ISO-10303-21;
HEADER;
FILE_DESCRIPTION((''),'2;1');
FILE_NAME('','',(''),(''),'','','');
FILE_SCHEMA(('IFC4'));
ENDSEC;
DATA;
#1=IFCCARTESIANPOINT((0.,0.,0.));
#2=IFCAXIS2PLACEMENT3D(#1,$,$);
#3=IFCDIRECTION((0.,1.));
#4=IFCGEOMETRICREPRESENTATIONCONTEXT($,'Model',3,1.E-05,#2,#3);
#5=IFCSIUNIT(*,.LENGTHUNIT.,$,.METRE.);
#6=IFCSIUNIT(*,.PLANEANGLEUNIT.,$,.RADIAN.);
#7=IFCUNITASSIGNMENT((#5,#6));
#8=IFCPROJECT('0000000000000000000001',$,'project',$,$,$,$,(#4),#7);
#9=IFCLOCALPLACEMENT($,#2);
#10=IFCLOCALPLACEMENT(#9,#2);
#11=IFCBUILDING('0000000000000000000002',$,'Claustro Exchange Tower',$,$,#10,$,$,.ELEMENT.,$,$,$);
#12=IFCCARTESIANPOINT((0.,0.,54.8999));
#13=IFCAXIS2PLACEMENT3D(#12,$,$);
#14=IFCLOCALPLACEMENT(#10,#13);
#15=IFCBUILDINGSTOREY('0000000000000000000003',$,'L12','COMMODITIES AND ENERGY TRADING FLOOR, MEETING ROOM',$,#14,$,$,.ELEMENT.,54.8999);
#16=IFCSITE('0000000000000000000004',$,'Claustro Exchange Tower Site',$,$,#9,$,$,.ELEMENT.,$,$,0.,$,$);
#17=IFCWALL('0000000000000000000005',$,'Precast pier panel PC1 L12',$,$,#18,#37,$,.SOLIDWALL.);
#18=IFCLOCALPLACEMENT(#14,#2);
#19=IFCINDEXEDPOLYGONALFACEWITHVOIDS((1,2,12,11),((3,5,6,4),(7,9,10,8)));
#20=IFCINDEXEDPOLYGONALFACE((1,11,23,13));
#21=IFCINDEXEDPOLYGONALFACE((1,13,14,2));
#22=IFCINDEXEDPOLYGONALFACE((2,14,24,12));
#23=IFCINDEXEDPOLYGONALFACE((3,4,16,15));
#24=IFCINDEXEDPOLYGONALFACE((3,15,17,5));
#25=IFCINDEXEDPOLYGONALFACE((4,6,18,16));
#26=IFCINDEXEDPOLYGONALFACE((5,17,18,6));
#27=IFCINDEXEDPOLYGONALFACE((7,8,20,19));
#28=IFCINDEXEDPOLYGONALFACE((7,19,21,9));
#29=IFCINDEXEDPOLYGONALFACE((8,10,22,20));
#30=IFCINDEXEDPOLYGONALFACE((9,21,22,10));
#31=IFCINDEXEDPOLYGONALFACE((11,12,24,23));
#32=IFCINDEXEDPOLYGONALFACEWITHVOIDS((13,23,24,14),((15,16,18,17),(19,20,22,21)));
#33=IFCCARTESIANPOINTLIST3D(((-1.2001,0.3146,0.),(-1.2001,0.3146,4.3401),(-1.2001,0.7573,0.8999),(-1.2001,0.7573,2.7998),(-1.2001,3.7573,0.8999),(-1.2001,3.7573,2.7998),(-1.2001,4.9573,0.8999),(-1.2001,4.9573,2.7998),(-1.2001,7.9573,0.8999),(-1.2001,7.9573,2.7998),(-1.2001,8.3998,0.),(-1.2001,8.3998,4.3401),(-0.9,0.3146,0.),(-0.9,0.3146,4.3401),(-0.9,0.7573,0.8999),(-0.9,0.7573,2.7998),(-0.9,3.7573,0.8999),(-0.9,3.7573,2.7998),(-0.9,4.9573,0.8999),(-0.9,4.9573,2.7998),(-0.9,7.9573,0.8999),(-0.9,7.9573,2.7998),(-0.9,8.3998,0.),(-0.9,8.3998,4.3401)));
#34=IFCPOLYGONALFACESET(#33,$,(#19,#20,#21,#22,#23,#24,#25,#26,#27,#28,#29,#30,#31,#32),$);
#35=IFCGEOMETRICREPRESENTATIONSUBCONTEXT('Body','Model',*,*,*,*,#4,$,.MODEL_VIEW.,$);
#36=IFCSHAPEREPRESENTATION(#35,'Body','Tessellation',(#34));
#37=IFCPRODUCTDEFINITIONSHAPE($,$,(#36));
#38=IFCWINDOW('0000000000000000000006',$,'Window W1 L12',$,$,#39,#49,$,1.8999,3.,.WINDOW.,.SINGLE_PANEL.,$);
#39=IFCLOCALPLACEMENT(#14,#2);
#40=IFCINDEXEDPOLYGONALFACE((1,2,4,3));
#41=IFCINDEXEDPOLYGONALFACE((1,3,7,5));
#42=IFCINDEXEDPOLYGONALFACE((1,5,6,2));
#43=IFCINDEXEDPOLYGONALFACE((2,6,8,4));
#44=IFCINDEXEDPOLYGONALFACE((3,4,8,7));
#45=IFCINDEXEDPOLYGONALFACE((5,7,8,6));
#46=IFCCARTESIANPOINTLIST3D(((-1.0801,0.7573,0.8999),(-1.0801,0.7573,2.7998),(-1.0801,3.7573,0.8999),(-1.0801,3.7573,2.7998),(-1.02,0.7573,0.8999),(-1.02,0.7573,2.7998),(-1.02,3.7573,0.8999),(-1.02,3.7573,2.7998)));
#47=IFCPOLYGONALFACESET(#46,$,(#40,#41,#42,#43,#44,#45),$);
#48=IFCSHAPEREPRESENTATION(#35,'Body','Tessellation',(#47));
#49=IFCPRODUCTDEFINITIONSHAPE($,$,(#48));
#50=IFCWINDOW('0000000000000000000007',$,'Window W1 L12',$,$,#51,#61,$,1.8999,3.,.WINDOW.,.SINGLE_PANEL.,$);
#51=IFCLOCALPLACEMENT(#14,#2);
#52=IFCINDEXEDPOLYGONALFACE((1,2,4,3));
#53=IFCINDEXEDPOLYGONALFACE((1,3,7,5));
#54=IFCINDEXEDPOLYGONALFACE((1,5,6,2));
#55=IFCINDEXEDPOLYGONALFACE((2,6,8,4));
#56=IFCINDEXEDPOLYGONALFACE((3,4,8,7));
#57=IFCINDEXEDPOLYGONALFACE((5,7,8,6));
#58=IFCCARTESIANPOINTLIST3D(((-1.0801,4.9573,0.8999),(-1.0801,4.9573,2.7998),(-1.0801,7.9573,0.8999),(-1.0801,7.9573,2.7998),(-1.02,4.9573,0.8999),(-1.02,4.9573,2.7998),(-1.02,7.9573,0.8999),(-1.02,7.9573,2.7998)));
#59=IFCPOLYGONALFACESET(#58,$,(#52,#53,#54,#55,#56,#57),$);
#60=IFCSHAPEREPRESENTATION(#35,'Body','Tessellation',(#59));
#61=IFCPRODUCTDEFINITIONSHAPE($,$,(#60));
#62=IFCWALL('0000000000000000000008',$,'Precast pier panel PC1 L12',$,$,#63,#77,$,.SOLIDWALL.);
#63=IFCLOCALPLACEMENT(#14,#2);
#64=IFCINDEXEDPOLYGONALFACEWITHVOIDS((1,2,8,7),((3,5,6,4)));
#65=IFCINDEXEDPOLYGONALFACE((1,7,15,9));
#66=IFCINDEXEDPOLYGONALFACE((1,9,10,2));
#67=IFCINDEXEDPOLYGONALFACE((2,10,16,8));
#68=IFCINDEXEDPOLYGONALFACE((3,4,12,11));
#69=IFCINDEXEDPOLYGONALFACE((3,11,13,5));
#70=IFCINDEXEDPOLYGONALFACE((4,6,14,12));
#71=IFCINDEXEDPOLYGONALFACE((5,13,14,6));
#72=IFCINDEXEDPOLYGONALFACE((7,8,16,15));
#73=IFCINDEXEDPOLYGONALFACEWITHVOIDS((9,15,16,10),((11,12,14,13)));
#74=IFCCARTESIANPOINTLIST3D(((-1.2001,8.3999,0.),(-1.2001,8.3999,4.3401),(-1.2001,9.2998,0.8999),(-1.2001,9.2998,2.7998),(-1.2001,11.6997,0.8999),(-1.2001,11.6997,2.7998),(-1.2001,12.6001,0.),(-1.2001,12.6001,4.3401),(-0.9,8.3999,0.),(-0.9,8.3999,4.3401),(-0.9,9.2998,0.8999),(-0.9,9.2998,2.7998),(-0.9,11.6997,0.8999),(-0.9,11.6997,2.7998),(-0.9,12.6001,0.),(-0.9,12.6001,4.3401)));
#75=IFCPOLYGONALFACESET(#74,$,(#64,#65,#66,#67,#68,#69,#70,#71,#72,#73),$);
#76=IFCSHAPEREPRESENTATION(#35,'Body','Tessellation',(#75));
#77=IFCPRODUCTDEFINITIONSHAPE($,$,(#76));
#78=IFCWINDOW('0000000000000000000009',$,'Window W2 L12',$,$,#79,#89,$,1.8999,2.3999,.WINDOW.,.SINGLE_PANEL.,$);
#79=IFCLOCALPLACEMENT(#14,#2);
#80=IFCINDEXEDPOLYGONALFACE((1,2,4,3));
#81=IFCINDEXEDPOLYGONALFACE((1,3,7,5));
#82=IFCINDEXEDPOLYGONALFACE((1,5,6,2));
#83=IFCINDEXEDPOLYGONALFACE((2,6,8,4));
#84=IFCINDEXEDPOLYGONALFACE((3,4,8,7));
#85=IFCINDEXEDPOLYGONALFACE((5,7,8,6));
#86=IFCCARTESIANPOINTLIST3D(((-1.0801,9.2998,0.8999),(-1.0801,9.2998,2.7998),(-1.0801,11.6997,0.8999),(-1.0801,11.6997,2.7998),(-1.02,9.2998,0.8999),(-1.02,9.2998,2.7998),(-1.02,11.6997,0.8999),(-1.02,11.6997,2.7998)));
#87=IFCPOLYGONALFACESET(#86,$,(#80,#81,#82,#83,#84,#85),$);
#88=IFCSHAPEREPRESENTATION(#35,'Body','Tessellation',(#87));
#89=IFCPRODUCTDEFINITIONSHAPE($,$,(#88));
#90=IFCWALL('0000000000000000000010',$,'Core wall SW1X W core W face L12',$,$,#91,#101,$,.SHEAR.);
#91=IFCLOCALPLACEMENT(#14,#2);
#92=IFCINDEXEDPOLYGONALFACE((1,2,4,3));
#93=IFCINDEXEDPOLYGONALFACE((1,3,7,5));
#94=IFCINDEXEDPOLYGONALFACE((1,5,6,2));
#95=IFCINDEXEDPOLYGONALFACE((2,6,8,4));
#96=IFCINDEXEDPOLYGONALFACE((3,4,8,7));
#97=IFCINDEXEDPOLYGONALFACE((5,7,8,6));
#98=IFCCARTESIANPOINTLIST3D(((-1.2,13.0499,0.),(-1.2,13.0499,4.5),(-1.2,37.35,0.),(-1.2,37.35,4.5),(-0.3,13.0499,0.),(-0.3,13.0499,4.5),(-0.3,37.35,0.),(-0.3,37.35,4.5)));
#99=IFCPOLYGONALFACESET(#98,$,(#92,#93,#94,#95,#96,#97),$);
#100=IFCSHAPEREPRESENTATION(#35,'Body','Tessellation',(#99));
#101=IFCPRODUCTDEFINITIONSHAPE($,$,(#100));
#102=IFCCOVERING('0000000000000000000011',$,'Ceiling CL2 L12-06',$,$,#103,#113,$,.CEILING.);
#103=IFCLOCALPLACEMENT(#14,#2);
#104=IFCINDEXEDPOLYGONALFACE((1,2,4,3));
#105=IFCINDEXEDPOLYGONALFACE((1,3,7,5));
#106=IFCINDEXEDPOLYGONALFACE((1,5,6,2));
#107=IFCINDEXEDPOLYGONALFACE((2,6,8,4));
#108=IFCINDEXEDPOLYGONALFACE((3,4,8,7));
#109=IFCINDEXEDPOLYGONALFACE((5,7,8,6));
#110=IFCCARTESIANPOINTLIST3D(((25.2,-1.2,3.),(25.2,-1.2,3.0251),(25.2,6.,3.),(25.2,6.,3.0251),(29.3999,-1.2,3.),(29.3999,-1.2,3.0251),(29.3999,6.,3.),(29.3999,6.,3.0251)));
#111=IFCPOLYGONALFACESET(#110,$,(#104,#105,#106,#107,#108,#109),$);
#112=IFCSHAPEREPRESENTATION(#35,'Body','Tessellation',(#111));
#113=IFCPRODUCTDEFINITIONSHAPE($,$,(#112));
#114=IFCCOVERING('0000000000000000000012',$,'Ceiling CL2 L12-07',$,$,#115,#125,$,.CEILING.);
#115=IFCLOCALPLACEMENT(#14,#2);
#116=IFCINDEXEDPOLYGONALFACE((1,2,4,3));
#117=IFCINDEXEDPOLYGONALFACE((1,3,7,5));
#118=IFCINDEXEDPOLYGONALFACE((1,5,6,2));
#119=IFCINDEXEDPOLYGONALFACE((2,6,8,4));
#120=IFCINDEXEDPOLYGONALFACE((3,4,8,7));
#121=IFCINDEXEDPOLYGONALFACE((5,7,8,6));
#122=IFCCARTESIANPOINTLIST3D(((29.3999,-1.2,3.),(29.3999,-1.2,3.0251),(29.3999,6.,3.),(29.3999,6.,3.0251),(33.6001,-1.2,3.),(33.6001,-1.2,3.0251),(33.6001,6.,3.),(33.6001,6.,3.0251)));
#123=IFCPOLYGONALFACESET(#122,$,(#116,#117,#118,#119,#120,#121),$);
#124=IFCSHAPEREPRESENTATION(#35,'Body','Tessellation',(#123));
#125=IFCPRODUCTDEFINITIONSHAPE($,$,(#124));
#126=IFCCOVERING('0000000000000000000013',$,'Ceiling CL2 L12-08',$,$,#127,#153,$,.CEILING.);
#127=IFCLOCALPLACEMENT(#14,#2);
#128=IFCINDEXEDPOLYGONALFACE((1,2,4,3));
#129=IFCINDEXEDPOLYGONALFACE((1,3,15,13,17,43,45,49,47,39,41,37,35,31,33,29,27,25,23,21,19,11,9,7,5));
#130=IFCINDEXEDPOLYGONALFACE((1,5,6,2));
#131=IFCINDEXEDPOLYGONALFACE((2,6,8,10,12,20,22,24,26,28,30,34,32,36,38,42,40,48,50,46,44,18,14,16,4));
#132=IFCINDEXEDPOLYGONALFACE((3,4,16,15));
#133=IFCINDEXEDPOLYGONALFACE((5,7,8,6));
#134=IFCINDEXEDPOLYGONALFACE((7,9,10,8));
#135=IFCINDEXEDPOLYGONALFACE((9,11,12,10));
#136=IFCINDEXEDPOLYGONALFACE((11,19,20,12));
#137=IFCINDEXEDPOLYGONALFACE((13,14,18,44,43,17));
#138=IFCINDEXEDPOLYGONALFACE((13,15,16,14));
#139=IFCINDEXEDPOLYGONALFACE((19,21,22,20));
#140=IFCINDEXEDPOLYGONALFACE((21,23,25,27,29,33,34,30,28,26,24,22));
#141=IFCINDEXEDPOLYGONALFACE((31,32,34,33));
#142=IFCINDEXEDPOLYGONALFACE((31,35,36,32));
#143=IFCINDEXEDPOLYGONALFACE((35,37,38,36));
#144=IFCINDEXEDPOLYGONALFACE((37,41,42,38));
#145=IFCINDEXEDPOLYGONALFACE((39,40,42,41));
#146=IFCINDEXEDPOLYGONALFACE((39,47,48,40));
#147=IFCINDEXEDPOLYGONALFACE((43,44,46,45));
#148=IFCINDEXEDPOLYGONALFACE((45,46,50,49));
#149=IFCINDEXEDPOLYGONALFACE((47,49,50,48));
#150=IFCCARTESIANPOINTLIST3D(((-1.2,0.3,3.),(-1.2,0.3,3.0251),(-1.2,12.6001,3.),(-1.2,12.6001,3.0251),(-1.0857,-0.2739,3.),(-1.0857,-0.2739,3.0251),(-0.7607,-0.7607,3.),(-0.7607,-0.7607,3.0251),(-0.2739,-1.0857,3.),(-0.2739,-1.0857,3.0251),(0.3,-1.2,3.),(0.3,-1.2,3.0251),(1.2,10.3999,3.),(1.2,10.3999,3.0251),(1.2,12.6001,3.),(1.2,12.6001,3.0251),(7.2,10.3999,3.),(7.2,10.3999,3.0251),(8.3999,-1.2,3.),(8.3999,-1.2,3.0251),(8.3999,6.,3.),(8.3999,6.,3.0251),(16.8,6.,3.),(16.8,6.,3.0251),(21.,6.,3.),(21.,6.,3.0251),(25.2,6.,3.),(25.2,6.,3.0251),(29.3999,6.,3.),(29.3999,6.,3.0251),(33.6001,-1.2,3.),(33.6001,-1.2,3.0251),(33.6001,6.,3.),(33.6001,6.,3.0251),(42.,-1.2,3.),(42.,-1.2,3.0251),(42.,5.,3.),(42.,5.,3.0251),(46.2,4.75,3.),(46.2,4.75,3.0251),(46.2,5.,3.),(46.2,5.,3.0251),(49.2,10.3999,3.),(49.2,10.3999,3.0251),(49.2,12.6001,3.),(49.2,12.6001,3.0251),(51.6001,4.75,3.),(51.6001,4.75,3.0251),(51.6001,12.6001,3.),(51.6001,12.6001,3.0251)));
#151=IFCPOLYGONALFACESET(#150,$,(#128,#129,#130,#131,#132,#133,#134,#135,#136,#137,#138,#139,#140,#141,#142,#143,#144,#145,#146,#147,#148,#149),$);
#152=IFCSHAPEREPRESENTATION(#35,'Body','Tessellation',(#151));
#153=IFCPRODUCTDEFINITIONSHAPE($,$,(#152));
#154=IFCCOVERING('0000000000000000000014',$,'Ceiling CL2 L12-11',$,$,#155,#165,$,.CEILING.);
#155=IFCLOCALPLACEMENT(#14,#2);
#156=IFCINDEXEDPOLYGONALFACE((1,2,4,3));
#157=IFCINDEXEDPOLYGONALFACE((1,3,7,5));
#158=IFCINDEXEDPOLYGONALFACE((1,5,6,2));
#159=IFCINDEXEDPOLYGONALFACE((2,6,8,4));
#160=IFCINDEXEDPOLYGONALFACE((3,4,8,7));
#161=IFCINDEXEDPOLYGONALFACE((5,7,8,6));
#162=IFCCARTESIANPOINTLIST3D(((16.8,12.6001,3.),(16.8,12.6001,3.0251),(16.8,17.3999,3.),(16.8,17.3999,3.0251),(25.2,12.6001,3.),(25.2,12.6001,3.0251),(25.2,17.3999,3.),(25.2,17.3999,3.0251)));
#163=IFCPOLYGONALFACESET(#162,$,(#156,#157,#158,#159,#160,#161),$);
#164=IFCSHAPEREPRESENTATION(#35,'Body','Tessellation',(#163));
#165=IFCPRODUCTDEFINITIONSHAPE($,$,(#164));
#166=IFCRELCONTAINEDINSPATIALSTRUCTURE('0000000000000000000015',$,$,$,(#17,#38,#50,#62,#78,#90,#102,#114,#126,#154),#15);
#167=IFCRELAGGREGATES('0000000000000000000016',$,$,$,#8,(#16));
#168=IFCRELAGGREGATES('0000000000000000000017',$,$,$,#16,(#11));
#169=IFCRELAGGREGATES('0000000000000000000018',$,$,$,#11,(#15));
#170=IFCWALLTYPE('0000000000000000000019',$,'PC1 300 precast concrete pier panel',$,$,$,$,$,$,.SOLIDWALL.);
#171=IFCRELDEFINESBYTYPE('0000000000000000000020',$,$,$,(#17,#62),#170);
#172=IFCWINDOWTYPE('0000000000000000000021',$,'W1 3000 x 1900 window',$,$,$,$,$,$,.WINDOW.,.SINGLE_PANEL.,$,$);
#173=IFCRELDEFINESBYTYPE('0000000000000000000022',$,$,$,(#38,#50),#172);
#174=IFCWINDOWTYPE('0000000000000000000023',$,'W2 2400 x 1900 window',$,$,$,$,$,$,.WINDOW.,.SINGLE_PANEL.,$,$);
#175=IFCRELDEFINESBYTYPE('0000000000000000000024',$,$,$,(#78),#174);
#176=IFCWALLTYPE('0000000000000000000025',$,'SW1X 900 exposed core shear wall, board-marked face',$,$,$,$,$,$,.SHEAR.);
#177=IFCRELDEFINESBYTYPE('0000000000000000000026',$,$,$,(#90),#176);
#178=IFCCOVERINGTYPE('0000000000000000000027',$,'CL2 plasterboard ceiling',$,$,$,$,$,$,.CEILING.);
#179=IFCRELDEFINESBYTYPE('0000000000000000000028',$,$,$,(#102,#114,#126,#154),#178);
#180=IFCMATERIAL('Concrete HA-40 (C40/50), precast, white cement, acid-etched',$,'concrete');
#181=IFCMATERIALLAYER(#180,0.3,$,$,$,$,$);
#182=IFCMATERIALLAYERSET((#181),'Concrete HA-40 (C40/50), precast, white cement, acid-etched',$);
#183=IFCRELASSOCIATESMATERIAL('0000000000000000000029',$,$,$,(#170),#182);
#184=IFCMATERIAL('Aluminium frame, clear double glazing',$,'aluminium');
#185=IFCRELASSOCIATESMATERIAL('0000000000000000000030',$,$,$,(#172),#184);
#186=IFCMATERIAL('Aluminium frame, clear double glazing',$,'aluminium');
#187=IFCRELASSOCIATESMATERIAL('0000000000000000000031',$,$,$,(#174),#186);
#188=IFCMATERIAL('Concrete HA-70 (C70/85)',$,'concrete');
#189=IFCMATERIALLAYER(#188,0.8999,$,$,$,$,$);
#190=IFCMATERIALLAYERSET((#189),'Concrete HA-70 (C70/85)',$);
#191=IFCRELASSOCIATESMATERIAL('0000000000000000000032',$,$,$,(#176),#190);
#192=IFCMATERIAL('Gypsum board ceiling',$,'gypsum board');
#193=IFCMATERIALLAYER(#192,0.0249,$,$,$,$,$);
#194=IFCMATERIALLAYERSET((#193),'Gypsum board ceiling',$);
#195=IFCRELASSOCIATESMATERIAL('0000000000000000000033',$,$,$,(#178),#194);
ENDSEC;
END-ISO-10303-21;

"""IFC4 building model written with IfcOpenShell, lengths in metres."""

from ifc_helpers import new_model, si_unit, direction, frame, frame_2d, origin, place, context, subcontext, project, spatial, polyline, rectangle, outline, extrude, material, layer, layer_set, type_object, element, fill, save


model = new_model("IFC4")

# Units and contexts
model_context = context("Model", 3, precision=1e-05, world=origin(), true_north=direction((0.0, 1.0)))
body_context = subcontext(model_context, "Body", "Model", "MODEL_VIEW")
ifc_project = project(units=[si_unit("LENGTHUNIT", "METRE"), si_unit("PLANEANGLEUNIT", "RADIAN")], contexts=[model_context])

# Site, building, storey
site_placement = place(None, origin())
site = spatial("IfcSite", under=ifc_project, at=site_placement, Name="Claustro Exchange Tower Site", CompositionType="ELEMENT", RefElevation=0.0)
building_placement = place(site_placement, origin())
building = spatial("IfcBuilding", under=site, at=building_placement, Name="Claustro Exchange Tower", CompositionType="ELEMENT")
storey_placement = place(building_placement, frame((0.0, 0.0, 54.8999)))
storey = spatial("IfcBuildingStorey", under=building, at=storey_placement, Name="L12", Description="COMMODITIES AND ENERGY TRADING FLOOR, MEETING ROOM", CompositionType="ELEMENT", Elevation=54.8999)

# Wall, openings, windows
ifc_material_1 = material(Name="Concrete HA-40 (C40/50), precast, white cement, acid-etched", Category="concrete")
ifc_layer_1 = layer(ifc_material_1, 0.3)
ifc_layer_set_1 = layer_set([ifc_layer_1], Name="Concrete HA-40 (C40/50), precast, white cement, acid-etched")
wall_type_1 = type_object("IfcWallType", Name="PC1 300 precast concrete pier panel", PredefinedType="SOLIDWALL", material=ifc_layer_set_1)
wall_1_placement = place(storey_placement, frame((-1.05, 0.3147, 0.0), z_axis=(0.0, 0.0, 1.0), x_axis=(0.0, 1.0, 0.0)))
wall_1 = element("IfcWall", 1, at=wall_1_placement, inside=storey, type_object=wall_type_1, Name="Precast pier panel PC1 L12", PredefinedType="SOLIDWALL", context=body_context, shape_type="SweptSolid", body=[
    extrude(rectangle(XDim=8.0852, YDim=0.3, at=frame_2d((4.0425, 0.0))), origin(), (0.0, 0.0, 1.0), 4.3401),
])
opening_1_placement = place(wall_1_placement, frame((0.4426, 0.0, 0.8999)))
opening_1 = element("IfcOpeningElement", 2, at=opening_1_placement, cuts=wall_1, PredefinedType="OPENING", context=body_context, shape_type="SweptSolid", body=[
    extrude(rectangle(XDim=3.0, YDim=1.8999, at=frame_2d((1.5, 0.95))), frame((0.0, 0.1599, 0.0), z_axis=(0.0, -1.0, 0.0), x_axis=(1.0, 0.0, 0.0)), (0.0, 0.0, 1.0), 0.3201),
])
opening_2_placement = place(wall_1_placement, frame((4.6426, 0.0, 0.8999)))
opening_2 = element("IfcOpeningElement", 3, at=opening_2_placement, cuts=wall_1, PredefinedType="OPENING", context=body_context, shape_type="SweptSolid", body=[
    extrude(rectangle(XDim=3.0, YDim=1.8999, at=frame_2d((1.5, 0.95))), frame((0.0, 0.1599, 0.0), z_axis=(0.0, -1.0, 0.0), x_axis=(1.0, 0.0, 0.0)), (0.0, 0.0, 1.0), 0.3201),
])
ifc_material_2 = material(Name="Aluminium frame, clear double glazing", Category="aluminium")
window_type_1 = type_object("IfcWindowType", Name="W1 3000 x 1900 window", PartitioningType="SINGLE_PANEL", PredefinedType="WINDOW", material=ifc_material_2)
window_1_placement = place(opening_1_placement, origin())
window_1 = element("IfcWindow", 4, at=window_1_placement, inside=storey, type_object=window_type_1, Name="Window W1 L12", OverallHeight=1.8999, OverallWidth=3.0, PartitioningType="SINGLE_PANEL", PredefinedType="WINDOW", context=body_context, shape_type="SweptSolid", body=[
    extrude(rectangle(XDim=3.0, YDim=1.8999, at=frame_2d((1.5, 0.95))), frame((0.0, 0.03, 0.0), z_axis=(0.0, -1.0, 0.0), x_axis=(1.0, 0.0, 0.0)), (0.0, 0.0, 1.0), 0.0601),
])
fill(opening_1, window_1)
window_2_placement = place(opening_2_placement, origin())
window_2 = element("IfcWindow", 5, at=window_2_placement, inside=storey, type_object=window_type_1, Name="Window W1 L12", OverallHeight=1.8999, OverallWidth=3.0, PartitioningType="SINGLE_PANEL", PredefinedType="WINDOW", context=body_context, shape_type="SweptSolid", body=[
    extrude(rectangle(XDim=3.0, YDim=1.8999, at=frame_2d((1.5, 0.95))), frame((0.0, 0.03, 0.0), z_axis=(0.0, -1.0, 0.0), x_axis=(1.0, 0.0, 0.0)), (0.0, 0.0, 1.0), 0.0601),
])
fill(opening_2, window_2)

# Wall, opening, window
wall_2_placement = place(storey_placement, frame((-1.05, 8.3999, 0.0), z_axis=(0.0, 0.0, 1.0), x_axis=(0.0, 1.0, 0.0)))
wall_2 = element("IfcWall", 6, at=wall_2_placement, inside=storey, type_object=wall_type_1, Name="Precast pier panel PC1 L12", PredefinedType="SOLIDWALL", context=body_context, shape_type="SweptSolid", body=[
    extrude(rectangle(XDim=4.2002, YDim=0.3, at=frame_2d((2.1001, 0.0))), origin(), (0.0, 0.0, 1.0), 4.3401),
])
opening_3_placement = place(wall_2_placement, frame((0.8999, 0.0, 0.8999)))
opening_3 = element("IfcOpeningElement", 7, at=opening_3_placement, cuts=wall_2, PredefinedType="OPENING", context=body_context, shape_type="SweptSolid", body=[
    extrude(rectangle(XDim=2.3999, YDim=1.8999, at=frame_2d((1.2, 0.95))), frame((0.0, 0.1599, 0.0), z_axis=(0.0, -1.0, 0.0), x_axis=(1.0, 0.0, 0.0)), (0.0, 0.0, 1.0), 0.3201),
])
ifc_material_3 = material(Name="Aluminium frame, clear double glazing", Category="aluminium")
window_type_2 = type_object("IfcWindowType", Name="W2 2400 x 1900 window", PartitioningType="SINGLE_PANEL", PredefinedType="WINDOW", material=ifc_material_3)
window_3_placement = place(opening_3_placement, origin())
window_3 = element("IfcWindow", 8, at=window_3_placement, inside=storey, type_object=window_type_2, Name="Window W2 L12", OverallHeight=1.8999, OverallWidth=2.3999, PartitioningType="SINGLE_PANEL", PredefinedType="WINDOW", context=body_context, shape_type="SweptSolid", body=[
    extrude(rectangle(XDim=2.3999, YDim=1.8999, at=frame_2d((1.2, 0.95))), frame((0.0, 0.03, 0.0), z_axis=(0.0, -1.0, 0.0), x_axis=(1.0, 0.0, 0.0)), (0.0, 0.0, 1.0), 0.0601),
])
fill(opening_3, window_3)

# Wall
ifc_material_4 = material(Name="Concrete HA-70 (C70/85)", Category="concrete")
ifc_layer_2 = layer(ifc_material_4, 0.8999)
ifc_layer_set_2 = layer_set([ifc_layer_2], Name="Concrete HA-70 (C70/85)")
wall_type_2 = type_object("IfcWallType", Name="SW1X 900 exposed core shear wall, board-marked face", PredefinedType="SHEAR", material=ifc_layer_set_2)
wall_3_placement = place(storey_placement, frame((-0.75, 13.05, 0.0), z_axis=(0.0, 0.0, 1.0), x_axis=(0.0, 1.0, 0.0)))
element("IfcWall", 9, at=wall_3_placement, inside=storey, type_object=wall_type_2, Name="Core wall SW1X W core W face L12", PredefinedType="SHEAR", context=body_context, shape_type="SweptSolid", body=[
    extrude(rectangle(XDim=24.3, YDim=0.8999, at=frame_2d((12.1499, 0.0))), origin(), (0.0, 0.0, 1.0), 4.5),
])

# Coverings
ifc_material_5 = material(Name="Gypsum board ceiling", Category="gypsum board")
ifc_layer_3 = layer(ifc_material_5, 0.0249)
ifc_layer_set_3 = layer_set([ifc_layer_3], Name="Gypsum board ceiling")
covering_type_1 = type_object("IfcCoveringType", Name="CL2 plasterboard ceiling", PredefinedType="CEILING", material=ifc_layer_set_3)
covering_1_placement = place(storey_placement, frame((0.0, 0.0, 3.0)))
element("IfcCovering", 10, at=covering_1_placement, inside=storey, type_object=covering_type_1, Name="Ceiling CL2 L12-06", PredefinedType="CEILING", context=body_context, shape_type="SweptSolid", body=[
    extrude(outline(polyline([(25.2, -1.2), (29.3999, -1.2), (29.3999, 6.0), (25.2, 6.0), (25.2, -1.2)])), origin(), (0.0, 0.0, 1.0), 0.0251),
])
covering_2_placement = place(storey_placement, frame((0.0, 0.0, 3.0)))
element("IfcCovering", 11, at=covering_2_placement, inside=storey, type_object=covering_type_1, Name="Ceiling CL2 L12-07", PredefinedType="CEILING", context=body_context, shape_type="SweptSolid", body=[
    extrude(outline(polyline([(29.3999, -1.2), (33.6001, -1.2), (33.6001, 6.0), (29.3999, 6.0), (29.3999, -1.2)])), origin(), (0.0, 0.0, 1.0), 0.0251),
])
covering_3_placement = place(storey_placement, frame((0.0, 0.0, 3.0)))
element("IfcCovering", 12, at=covering_3_placement, inside=storey, type_object=covering_type_1, Name="Ceiling CL2 L12-08", PredefinedType="CEILING", context=body_context, shape_type="SweptSolid", body=[
    extrude(outline(polyline([(-1.0857, -0.2739), (-0.7607, -0.7607), (-0.2739, -1.0857), (0.3, -1.2), (8.3999, -1.2), (8.3999, 6.0), (16.8, 6.0), (21.0, 6.0), (25.2, 6.0), (29.3999, 6.0), (33.6001, 6.0), (33.6001, -1.2), (42.0, -1.2), (42.0, 5.0), (46.2, 5.0), (46.2, 4.75), (51.6001, 4.75), (51.6001, 12.6001), (49.2, 12.6001), (49.2, 10.3999), (7.2, 10.3999), (1.2, 10.3999), (1.2, 12.6001), (-1.2, 12.6001), (-1.2, 0.3), (-1.0857, -0.2739)])), origin(), (0.0, 0.0, 1.0), 0.0251),
])
covering_4_placement = place(storey_placement, frame((0.0, 0.0, 3.0)))
element("IfcCovering", 13, at=covering_4_placement, inside=storey, type_object=covering_type_1, Name="Ceiling CL2 L12-11", PredefinedType="CEILING", context=body_context, shape_type="SweptSolid", body=[
    extrude(outline(polyline([(16.8, 17.3999), (16.8, 12.6001), (25.2, 12.6001), (25.2, 17.3999), (16.8, 17.3999)])), origin(), (0.0, 0.0, 1.0), 0.0251),
])

save(model, "model.ifc")
